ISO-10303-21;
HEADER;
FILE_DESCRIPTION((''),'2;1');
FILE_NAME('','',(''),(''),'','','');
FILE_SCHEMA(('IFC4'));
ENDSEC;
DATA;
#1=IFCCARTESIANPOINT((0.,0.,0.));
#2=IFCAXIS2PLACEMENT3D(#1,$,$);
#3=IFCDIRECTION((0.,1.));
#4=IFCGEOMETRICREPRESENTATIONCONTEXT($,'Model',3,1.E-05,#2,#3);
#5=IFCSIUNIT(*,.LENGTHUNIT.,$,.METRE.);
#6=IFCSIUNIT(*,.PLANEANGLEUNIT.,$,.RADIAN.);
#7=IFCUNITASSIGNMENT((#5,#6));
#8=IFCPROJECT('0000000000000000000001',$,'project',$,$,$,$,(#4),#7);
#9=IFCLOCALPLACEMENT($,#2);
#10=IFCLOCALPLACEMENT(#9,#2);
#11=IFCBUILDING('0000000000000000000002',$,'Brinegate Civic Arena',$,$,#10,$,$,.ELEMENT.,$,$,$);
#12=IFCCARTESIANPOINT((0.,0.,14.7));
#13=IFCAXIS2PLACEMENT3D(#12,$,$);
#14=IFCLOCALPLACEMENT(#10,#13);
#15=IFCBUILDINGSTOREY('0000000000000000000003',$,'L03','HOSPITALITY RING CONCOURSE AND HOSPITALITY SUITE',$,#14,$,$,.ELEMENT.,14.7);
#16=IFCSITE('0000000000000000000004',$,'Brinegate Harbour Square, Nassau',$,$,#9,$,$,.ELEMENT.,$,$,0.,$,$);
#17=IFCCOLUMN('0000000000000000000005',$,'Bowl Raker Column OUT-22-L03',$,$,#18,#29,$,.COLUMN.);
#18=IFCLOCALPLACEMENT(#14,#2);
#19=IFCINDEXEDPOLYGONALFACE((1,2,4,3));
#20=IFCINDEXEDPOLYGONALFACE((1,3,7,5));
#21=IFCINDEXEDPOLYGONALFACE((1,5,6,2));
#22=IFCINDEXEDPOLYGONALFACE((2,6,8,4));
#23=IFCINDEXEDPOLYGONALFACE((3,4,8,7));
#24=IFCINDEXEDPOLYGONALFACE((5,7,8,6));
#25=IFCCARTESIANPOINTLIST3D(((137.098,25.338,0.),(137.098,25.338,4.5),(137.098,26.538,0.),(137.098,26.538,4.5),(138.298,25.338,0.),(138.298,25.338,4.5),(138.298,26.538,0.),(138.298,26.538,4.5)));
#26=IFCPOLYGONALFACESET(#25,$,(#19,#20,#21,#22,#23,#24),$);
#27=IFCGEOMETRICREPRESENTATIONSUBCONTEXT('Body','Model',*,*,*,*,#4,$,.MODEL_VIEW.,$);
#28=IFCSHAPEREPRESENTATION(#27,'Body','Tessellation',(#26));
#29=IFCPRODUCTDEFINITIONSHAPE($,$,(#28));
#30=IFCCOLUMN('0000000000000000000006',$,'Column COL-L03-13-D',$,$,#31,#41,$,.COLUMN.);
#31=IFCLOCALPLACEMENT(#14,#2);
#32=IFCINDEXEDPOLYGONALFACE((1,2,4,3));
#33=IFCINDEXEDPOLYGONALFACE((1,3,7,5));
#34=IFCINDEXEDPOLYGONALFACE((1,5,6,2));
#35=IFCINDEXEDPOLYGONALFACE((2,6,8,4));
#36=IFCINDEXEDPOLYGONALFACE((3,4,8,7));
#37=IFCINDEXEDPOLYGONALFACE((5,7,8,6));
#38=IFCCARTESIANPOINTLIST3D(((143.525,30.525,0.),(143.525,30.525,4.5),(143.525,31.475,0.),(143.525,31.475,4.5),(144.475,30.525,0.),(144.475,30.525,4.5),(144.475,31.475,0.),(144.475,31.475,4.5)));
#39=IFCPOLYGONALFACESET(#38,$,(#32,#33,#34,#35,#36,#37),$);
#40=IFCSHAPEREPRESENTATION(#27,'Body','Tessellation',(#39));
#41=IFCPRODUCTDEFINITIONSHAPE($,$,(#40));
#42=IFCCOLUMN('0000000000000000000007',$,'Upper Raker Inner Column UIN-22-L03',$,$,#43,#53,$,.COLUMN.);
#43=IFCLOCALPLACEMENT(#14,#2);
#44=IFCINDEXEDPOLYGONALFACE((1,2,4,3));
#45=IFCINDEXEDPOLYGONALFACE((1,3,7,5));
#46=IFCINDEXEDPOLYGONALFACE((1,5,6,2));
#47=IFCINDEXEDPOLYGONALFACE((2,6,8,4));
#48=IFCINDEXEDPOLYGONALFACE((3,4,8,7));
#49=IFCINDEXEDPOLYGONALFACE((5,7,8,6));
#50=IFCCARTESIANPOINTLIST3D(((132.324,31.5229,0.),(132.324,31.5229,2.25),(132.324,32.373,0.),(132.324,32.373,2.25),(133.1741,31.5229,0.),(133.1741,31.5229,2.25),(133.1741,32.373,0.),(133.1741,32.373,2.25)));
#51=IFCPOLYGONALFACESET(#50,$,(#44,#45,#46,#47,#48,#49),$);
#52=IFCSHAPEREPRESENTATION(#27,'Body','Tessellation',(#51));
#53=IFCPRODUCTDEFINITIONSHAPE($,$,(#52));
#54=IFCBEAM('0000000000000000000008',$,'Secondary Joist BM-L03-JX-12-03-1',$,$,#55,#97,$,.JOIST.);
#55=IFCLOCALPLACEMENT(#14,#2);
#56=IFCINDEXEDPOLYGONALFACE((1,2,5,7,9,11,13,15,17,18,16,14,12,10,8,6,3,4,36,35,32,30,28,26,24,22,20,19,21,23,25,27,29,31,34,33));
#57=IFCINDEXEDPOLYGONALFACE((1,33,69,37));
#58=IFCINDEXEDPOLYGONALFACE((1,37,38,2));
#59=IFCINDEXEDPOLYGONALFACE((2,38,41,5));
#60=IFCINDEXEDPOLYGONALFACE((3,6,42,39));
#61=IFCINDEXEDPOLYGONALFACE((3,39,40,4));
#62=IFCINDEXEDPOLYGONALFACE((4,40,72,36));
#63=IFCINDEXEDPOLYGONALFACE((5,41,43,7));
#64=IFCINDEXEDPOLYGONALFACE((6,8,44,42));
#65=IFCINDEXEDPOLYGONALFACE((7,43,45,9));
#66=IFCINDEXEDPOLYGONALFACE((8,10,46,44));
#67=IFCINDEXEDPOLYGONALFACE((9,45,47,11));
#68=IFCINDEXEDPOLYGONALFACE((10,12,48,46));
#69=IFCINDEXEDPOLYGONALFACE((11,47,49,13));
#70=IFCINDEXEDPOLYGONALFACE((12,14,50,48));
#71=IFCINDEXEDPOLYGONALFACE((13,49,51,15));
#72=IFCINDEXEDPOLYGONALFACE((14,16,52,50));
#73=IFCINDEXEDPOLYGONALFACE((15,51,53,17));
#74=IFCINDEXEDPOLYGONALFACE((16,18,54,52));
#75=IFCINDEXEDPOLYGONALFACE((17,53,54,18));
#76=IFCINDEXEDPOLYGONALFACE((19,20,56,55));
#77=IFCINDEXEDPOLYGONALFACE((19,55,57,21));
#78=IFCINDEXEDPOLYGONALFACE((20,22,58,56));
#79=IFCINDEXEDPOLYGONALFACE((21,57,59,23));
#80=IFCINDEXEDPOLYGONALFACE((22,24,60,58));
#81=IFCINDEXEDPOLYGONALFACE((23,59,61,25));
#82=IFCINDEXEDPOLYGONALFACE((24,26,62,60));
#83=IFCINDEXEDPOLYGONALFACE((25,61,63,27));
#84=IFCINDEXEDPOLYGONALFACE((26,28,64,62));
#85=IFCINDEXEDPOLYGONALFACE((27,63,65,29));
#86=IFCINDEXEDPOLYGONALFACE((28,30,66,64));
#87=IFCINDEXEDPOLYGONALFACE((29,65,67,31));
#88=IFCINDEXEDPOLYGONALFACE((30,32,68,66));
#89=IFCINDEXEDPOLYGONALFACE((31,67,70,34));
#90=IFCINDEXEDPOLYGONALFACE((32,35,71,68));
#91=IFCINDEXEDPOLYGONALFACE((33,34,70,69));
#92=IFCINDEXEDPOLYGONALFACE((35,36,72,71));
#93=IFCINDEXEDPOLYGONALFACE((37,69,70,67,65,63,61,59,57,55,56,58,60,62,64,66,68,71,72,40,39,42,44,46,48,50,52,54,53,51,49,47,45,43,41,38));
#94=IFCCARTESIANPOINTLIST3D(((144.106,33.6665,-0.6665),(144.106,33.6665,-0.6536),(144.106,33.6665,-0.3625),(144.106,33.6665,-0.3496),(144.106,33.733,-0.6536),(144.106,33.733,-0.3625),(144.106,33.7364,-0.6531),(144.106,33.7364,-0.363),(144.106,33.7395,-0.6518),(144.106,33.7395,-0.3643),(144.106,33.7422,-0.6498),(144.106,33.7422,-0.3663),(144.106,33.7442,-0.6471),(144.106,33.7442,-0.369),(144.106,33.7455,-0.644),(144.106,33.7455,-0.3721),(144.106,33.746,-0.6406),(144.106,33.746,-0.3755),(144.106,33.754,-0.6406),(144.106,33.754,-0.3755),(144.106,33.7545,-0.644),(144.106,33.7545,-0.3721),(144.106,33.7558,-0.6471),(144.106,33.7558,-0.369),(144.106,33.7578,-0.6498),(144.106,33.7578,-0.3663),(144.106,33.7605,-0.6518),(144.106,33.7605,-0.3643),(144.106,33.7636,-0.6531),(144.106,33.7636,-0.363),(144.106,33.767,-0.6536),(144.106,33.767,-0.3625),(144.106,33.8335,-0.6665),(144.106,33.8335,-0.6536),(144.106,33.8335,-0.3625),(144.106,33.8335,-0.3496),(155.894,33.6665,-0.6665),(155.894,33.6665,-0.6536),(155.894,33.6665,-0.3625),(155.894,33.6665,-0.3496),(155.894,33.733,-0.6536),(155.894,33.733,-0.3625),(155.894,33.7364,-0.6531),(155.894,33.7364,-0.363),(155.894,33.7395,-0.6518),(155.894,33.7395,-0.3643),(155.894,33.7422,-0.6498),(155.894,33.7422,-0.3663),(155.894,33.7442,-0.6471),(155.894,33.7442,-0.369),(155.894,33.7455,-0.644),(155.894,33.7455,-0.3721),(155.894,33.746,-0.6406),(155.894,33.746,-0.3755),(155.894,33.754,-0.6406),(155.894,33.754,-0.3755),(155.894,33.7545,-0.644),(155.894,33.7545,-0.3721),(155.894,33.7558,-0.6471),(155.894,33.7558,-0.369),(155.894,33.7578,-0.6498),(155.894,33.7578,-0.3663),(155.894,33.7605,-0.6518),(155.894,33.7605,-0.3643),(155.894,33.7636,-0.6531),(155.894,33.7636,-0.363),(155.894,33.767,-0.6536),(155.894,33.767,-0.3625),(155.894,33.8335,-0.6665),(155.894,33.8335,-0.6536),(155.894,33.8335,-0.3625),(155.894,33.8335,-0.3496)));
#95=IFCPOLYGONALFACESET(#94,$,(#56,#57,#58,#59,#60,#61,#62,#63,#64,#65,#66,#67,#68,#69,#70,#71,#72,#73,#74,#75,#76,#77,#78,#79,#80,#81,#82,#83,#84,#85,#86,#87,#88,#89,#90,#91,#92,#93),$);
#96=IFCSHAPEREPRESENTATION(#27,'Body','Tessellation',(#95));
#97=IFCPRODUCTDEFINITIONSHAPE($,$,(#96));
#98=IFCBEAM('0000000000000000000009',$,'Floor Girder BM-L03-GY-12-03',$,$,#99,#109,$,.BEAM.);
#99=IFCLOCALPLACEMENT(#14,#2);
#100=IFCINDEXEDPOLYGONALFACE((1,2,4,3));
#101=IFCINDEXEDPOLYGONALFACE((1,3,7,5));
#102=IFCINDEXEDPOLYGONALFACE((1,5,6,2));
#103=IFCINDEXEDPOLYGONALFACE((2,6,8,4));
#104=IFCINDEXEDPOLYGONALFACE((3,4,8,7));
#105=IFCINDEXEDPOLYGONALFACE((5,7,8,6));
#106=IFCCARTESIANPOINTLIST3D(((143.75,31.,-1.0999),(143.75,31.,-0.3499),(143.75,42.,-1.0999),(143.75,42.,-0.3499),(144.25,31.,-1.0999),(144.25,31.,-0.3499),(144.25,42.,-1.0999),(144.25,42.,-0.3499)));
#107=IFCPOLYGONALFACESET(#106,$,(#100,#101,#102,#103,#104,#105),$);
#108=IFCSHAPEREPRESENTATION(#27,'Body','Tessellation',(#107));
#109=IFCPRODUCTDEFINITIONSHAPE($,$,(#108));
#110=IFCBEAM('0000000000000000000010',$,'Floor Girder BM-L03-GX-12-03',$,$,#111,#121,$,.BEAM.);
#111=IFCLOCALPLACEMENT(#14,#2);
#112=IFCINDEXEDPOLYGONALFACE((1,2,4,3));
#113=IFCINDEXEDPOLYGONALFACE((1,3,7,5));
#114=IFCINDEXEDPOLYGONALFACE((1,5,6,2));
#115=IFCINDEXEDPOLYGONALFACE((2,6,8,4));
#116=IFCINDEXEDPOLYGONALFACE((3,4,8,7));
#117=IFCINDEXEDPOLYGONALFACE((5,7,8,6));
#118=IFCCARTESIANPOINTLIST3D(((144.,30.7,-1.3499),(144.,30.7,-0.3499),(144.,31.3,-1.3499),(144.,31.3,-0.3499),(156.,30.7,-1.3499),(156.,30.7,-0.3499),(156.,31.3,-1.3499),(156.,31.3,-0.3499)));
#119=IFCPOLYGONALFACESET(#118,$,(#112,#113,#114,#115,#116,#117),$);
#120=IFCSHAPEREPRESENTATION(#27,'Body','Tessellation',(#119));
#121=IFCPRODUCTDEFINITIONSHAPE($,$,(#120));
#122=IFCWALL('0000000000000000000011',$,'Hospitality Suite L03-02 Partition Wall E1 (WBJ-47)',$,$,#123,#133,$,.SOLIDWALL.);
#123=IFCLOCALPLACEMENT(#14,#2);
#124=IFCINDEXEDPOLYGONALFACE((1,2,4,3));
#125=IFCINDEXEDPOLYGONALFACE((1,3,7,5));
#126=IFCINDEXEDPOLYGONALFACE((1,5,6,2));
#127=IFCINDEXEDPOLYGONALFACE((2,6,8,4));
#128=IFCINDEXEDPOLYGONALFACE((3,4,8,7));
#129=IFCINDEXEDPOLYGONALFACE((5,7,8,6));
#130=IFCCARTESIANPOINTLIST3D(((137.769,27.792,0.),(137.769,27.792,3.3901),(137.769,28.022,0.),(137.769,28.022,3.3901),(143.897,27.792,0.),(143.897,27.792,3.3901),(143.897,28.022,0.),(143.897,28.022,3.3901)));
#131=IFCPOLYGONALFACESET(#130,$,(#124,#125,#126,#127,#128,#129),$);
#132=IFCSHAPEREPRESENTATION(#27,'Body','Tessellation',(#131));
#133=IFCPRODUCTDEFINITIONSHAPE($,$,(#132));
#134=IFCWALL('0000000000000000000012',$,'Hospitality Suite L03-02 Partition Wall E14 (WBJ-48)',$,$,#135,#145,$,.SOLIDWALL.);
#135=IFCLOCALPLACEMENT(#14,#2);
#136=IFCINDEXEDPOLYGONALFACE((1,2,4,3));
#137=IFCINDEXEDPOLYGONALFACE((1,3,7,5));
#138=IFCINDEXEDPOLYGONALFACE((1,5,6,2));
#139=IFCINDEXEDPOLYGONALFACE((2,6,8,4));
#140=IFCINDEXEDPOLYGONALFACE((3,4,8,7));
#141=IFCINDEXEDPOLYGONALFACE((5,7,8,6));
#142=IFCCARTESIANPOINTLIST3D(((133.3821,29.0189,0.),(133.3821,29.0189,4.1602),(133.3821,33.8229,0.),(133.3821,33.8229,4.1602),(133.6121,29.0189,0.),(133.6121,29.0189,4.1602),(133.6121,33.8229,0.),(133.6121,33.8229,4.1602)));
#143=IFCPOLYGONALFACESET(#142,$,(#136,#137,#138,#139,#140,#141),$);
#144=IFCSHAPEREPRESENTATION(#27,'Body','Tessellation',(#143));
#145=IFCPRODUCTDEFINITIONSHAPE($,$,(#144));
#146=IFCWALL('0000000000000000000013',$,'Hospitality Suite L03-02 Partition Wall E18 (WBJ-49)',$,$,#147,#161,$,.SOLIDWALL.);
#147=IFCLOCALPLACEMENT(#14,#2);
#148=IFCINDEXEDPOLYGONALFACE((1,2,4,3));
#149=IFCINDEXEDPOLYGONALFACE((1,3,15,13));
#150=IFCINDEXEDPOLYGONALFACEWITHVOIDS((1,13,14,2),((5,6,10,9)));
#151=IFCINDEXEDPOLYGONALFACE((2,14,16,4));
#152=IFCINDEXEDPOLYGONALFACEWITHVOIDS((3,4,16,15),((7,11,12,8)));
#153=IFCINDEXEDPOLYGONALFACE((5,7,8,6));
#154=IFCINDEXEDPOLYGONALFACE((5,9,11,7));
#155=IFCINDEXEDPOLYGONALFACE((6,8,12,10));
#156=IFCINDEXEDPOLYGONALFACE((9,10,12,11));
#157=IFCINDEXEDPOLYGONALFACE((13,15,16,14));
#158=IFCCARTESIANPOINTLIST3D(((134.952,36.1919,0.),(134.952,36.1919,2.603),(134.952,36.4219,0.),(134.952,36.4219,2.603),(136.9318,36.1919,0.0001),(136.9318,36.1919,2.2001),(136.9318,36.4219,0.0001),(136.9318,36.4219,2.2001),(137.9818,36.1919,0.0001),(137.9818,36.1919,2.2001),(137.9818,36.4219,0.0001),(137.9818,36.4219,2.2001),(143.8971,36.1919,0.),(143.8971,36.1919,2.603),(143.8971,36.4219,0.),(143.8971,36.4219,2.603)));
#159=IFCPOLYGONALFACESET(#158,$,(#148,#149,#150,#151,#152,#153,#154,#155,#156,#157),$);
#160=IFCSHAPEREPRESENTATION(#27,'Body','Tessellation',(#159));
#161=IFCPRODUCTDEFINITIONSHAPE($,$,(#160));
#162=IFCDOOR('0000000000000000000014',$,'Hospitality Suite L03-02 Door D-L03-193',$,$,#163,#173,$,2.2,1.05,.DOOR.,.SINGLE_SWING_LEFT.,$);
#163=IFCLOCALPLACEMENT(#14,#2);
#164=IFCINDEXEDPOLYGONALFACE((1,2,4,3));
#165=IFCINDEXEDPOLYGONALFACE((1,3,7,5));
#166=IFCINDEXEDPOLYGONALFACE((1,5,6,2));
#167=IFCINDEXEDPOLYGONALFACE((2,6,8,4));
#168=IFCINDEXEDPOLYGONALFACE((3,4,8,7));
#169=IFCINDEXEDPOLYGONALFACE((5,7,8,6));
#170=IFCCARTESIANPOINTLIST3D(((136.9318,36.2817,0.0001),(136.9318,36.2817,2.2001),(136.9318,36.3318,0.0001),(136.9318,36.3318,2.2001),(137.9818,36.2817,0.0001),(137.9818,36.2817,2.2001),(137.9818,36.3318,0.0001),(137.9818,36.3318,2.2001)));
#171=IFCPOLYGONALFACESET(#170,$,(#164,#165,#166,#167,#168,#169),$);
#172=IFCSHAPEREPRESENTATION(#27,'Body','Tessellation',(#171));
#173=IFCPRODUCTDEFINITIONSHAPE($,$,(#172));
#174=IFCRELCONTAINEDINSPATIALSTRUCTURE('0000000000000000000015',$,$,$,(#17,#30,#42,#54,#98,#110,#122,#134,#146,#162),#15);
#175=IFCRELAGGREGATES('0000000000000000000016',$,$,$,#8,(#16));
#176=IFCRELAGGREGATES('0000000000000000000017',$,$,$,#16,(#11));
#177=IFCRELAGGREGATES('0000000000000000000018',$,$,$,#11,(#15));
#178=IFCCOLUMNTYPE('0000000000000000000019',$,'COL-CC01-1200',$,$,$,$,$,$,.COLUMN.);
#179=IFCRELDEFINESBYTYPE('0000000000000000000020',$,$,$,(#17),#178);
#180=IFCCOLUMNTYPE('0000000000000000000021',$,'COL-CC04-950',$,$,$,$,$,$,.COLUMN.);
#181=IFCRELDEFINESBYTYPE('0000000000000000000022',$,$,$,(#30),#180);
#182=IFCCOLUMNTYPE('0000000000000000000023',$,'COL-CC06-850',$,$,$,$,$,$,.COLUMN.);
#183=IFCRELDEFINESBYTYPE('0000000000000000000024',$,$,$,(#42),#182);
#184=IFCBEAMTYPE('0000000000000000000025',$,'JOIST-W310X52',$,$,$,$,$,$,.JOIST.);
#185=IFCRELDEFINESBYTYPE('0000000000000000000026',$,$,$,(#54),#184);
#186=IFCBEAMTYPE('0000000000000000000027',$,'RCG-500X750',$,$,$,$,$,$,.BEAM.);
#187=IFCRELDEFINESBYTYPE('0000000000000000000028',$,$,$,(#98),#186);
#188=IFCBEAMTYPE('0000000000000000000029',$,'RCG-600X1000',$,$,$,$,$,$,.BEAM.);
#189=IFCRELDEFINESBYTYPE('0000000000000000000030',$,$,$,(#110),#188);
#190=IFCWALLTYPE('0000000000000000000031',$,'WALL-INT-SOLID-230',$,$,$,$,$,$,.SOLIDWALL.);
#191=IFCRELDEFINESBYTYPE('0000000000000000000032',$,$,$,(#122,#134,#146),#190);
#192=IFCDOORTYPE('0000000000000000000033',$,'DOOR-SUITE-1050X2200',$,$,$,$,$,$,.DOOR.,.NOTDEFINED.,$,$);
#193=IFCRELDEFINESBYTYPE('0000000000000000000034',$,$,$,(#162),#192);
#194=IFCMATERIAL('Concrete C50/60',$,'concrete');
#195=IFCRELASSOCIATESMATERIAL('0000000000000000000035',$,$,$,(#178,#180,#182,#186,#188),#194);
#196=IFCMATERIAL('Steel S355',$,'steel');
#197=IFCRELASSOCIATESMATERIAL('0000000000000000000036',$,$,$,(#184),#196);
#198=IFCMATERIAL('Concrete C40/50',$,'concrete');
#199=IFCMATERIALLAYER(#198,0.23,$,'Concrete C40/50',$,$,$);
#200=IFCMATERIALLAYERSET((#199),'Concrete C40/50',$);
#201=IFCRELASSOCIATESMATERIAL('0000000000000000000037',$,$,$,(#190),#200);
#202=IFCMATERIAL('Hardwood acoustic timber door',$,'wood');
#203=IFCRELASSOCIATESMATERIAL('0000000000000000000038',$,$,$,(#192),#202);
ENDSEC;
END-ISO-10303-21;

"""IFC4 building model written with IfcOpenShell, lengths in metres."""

from ifc_helpers import new_model, si_unit, direction, frame, frame_2d, origin, origin_2d, place, context, subcontext, project, spatial, rectangle, i_section, extrude, material, layer, layer_set, material_profile, profile_set, type_object, element, fill, save


model = new_model("IFC4")

# Units and contexts
model_context = context("Model", 3, precision=1e-05, world=origin(), true_north=direction((0.0, 1.0)))
body_context = subcontext(model_context, "Body", "Model", "MODEL_VIEW")
ifc_project = project(units=[si_unit("LENGTHUNIT", "METRE"), si_unit("PLANEANGLEUNIT", "RADIAN")], contexts=[model_context])

# Site, building, storey
site_placement = place(None, origin())
site = spatial("IfcSite", under=ifc_project, at=site_placement, Name="Brinegate Harbour Square, Nassau", CompositionType="ELEMENT", RefElevation=0.0)
building_placement = place(site_placement, origin())
building = spatial("IfcBuilding", under=site, at=building_placement, Name="Brinegate Civic Arena", CompositionType="ELEMENT")
storey_placement = place(building_placement, frame((0.0, 0.0, 14.7)))
storey = spatial("IfcBuildingStorey", under=building, at=storey_placement, Name="L03", Description="HOSPITALITY RING CONCOURSE AND HOSPITALITY SUITE", CompositionType="ELEMENT", Elevation=14.7)

# Columns
ifc_material_1 = material(Name="Concrete C50/60", Category="concrete")
ifc_material_profile_1 = material_profile(ifc_material_1, rectangle(XDim=1.2, YDim=1.2, at=origin_2d()), Name="RC1200X1200")
ifc_profile_set_1 = profile_set([ifc_material_profile_1], Name="Concrete C50/60")
column_type_1 = type_object("IfcColumnType", Name="COL-CC01-1200", PredefinedType="COLUMN", material=ifc_profile_set_1)
column_1_placement = place(storey_placement, frame((137.698, 25.938, 0.0), z_axis=(0.0, 0.0, 1.0), x_axis=(1.0, 0.0, 0.0)))
element("IfcColumn", 1, at=column_1_placement, inside=storey, type_object=column_type_1, Name="Bowl Raker Column OUT-22-L03", PredefinedType="COLUMN", context=body_context, shape_type="SweptSolid", body=[
    extrude(rectangle(XDim=1.2, YDim=1.2, at=origin_2d()), origin(), (0.0, 0.0, 1.0), 4.5),
])
ifc_material_profile_2 = material_profile(ifc_material_1, rectangle(XDim=0.95, YDim=0.95, at=origin_2d()), Name="RC950X950")
ifc_profile_set_2 = profile_set([ifc_material_profile_2], Name="Concrete C50/60")
column_type_2 = type_object("IfcColumnType", Name="COL-CC04-950", PredefinedType="COLUMN", material=ifc_profile_set_2)
column_2_placement = place(storey_placement, frame((144.0, 31.0, 0.0), z_axis=(0.0, 0.0, 1.0), x_axis=(1.0, 0.0, 0.0)))
element("IfcColumn", 2, at=column_2_placement, inside=storey, type_object=column_type_2, Name="Column COL-L03-13-D", PredefinedType="COLUMN", context=body_context, shape_type="SweptSolid", body=[
    extrude(rectangle(XDim=0.95, YDim=0.95, at=origin_2d()), origin(), (0.0, 0.0, 1.0), 4.5),
])
ifc_material_profile_3 = material_profile(ifc_material_1, rectangle(XDim=0.8501, YDim=0.8501, at=origin_2d()), Name="RC850X850")
ifc_profile_set_3 = profile_set([ifc_material_profile_3], Name="Concrete C50/60")
column_type_3 = type_object("IfcColumnType", Name="COL-CC06-850", PredefinedType="COLUMN", material=ifc_profile_set_3)
column_3_placement = place(storey_placement, frame((132.749, 31.948, 0.0), z_axis=(0.0, 0.0, 1.0), x_axis=(1.0, 0.0, 0.0)))
element("IfcColumn", 3, at=column_3_placement, inside=storey, type_object=column_type_3, Name="Upper Raker Inner Column UIN-22-L03", PredefinedType="COLUMN", context=body_context, shape_type="SweptSolid", body=[
    extrude(rectangle(XDim=0.8501, YDim=0.8501, at=origin_2d()), origin(), (0.0, 0.0, 1.0), 2.25),
])

# Beams
ifc_material_2 = material(Name="Steel S355", Category="steel")
ifc_material_profile_4 = material_profile(ifc_material_2, i_section(OverallWidth=0.167, OverallDepth=0.3169, WebThickness=0.0081, FlangeThickness=0.0129, FilletRadius=0.0129, at=origin_2d()), Name="W310X52")
ifc_profile_set_4 = profile_set([ifc_material_profile_4], Name="Steel S355")
beam_type_1 = type_object("IfcBeamType", Name="JOIST-W310X52", PredefinedType="JOIST", material=ifc_profile_set_4)
beam_1_placement = place(storey_placement, frame((144.106, 33.75, -0.5081), z_axis=(1.0, 0.0, 0.0), x_axis=(0.0, 1.0, 0.0)))
element("IfcBeam", 4, at=beam_1_placement, inside=storey, type_object=beam_type_1, Name="Secondary Joist BM-L03-JX-12-03-1", PredefinedType="JOIST", context=body_context, shape_type="SweptSolid", body=[
    extrude(i_section(OverallWidth=0.167, OverallDepth=0.3169, WebThickness=0.0081, FlangeThickness=0.0129, FilletRadius=0.0129, at=origin_2d()), origin(), (0.0, 0.0, 1.0), 11.7881),
])
ifc_material_profile_5 = material_profile(ifc_material_1, rectangle(XDim=0.5, YDim=0.75, at=origin_2d()), Name="RCB500X750")
ifc_profile_set_5 = profile_set([ifc_material_profile_5], Name="Concrete C50/60")
beam_type_2 = type_object("IfcBeamType", Name="RCG-500X750", PredefinedType="BEAM", material=ifc_profile_set_5)
beam_2_placement = place(storey_placement, frame((144.0, 31.0, -0.7249), z_axis=(0.0, 1.0, 0.0), x_axis=(-1.0, 0.0, 0.0)))
element("IfcBeam", 5, at=beam_2_placement, inside=storey, type_object=beam_type_2, Name="Floor Girder BM-L03-GY-12-03", PredefinedType="BEAM", context=body_context, shape_type="SweptSolid", body=[
    extrude(rectangle(XDim=0.5, YDim=0.75, at=origin_2d()), origin(), (0.0, 0.0, 1.0), 11.0),
])
ifc_material_profile_6 = material_profile(ifc_material_1, rectangle(XDim=0.6001, YDim=1.0, at=origin_2d()), Name="RCB600X1000")
ifc_profile_set_6 = profile_set([ifc_material_profile_6], Name="Concrete C50/60")
beam_type_3 = type_object("IfcBeamType", Name="RCG-600X1000", PredefinedType="BEAM", material=ifc_profile_set_6)
beam_3_placement = place(storey_placement, frame((144.0, 31.0, -0.8499), z_axis=(1.0, 0.0, 0.0), x_axis=(0.0, 1.0, 0.0)))
element("IfcBeam", 6, at=beam_3_placement, inside=storey, type_object=beam_type_3, Name="Floor Girder BM-L03-GX-12-03", PredefinedType="BEAM", context=body_context, shape_type="SweptSolid", body=[
    extrude(rectangle(XDim=0.6001, YDim=1.0, at=origin_2d()), origin(), (0.0, 0.0, 1.0), 12.0),
])

# Walls
ifc_material_3 = material(Name="Concrete C40/50", Category="concrete")
ifc_layer_1 = layer(ifc_material_3, 0.23, Name="Concrete C40/50")
ifc_layer_set_1 = layer_set([ifc_layer_1], Name="Concrete C40/50")
wall_type_1 = type_object("IfcWallType", Name="WALL-INT-SOLID-230", PredefinedType="SOLIDWALL", material=ifc_layer_set_1)
wall_1_placement = place(storey_placement, frame((143.897, 27.907, 0.0), z_axis=(0.0, 0.0, 1.0), x_axis=(-1.0, 0.0, 0.0)))
element("IfcWall", 7, at=wall_1_placement, inside=storey, type_object=wall_type_1, Name="Hospitality Suite L03-02 Partition Wall E1 (WBJ-47)", PredefinedType="SOLIDWALL", context=body_context, shape_type="SweptSolid", body=[
    extrude(rectangle(XDim=6.1279, YDim=0.23, at=frame_2d((3.064, 0.0))), origin(), (0.0, 0.0, 1.0), 3.3901),
])
wall_2_placement = place(storey_placement, frame((133.4971, 29.019, 0.0), z_axis=(0.0, 0.0, 1.0), x_axis=(0.0, 1.0, 0.0)))
element("IfcWall", 8, at=wall_2_placement, inside=storey, type_object=wall_type_1, Name="Hospitality Suite L03-02 Partition Wall E14 (WBJ-48)", PredefinedType="SOLIDWALL", context=body_context, shape_type="SweptSolid", body=[
    extrude(rectangle(XDim=4.804, YDim=0.23, at=frame_2d((2.4019, 0.0))), origin(), (0.0, 0.0, 1.0), 4.1602),
])

# Wall, opening, door
wall_3_placement = place(storey_placement, frame((134.9519, 36.3069, 0.0), z_axis=(0.0, 0.0, 1.0), x_axis=(1.0, 0.0, 0.0)))
wall_3 = element("IfcWall", 9, at=wall_3_placement, inside=storey, type_object=wall_type_1, Name="Hospitality Suite L03-02 Partition Wall E18 (WBJ-49)", PredefinedType="SOLIDWALL", context=body_context, shape_type="SweptSolid", body=[
    extrude(rectangle(XDim=8.9451, YDim=0.23, at=frame_2d((4.4727, 0.0))), origin(), (0.0, 0.0, 1.0), 2.603),
])
opening_1_placement = place(wall_3_placement, frame((1.98, 0.0, 0.0)))
opening_1 = element("IfcOpeningElement", 10, at=opening_1_placement, cuts=wall_3, PredefinedType="OPENING", context=body_context, shape_type="SweptSolid", body=[
    extrude(rectangle(XDim=1.05, YDim=2.2, at=frame_2d((0.5249, 1.1001))), frame((0.0, 0.125, 0.0), z_axis=(0.0, -1.0, 0.0), x_axis=(1.0, 0.0, 0.0)), (0.0, 0.0, 1.0), 0.25),
])
ifc_material_4 = material(Name="Hardwood acoustic timber door", Category="wood")
door_type_1 = type_object("IfcDoorType", Name="DOOR-SUITE-1050X2200", OperationType="NOTDEFINED", PredefinedType="DOOR", material=ifc_material_4)
door_1_placement = place(opening_1_placement, origin())
door_1 = element("IfcDoor", 11, at=door_1_placement, inside=storey, type_object=door_type_1, Name="Hospitality Suite L03-02 Door D-L03-193", OperationType="SINGLE_SWING_LEFT", OverallHeight=2.2, OverallWidth=1.05, PredefinedType="DOOR", context=body_context, shape_type="SweptSolid", body=[
    extrude(rectangle(XDim=1.05, YDim=2.2, at=frame_2d((0.5249, 1.1001))), frame((0.0, 0.0249, 0.0), z_axis=(0.0, -1.0, 0.0), x_axis=(1.0, 0.0, 0.0)), (0.0, 0.0, 1.0), 0.05),
])
fill(opening_1, door_1)

save(model, "model.ifc")
